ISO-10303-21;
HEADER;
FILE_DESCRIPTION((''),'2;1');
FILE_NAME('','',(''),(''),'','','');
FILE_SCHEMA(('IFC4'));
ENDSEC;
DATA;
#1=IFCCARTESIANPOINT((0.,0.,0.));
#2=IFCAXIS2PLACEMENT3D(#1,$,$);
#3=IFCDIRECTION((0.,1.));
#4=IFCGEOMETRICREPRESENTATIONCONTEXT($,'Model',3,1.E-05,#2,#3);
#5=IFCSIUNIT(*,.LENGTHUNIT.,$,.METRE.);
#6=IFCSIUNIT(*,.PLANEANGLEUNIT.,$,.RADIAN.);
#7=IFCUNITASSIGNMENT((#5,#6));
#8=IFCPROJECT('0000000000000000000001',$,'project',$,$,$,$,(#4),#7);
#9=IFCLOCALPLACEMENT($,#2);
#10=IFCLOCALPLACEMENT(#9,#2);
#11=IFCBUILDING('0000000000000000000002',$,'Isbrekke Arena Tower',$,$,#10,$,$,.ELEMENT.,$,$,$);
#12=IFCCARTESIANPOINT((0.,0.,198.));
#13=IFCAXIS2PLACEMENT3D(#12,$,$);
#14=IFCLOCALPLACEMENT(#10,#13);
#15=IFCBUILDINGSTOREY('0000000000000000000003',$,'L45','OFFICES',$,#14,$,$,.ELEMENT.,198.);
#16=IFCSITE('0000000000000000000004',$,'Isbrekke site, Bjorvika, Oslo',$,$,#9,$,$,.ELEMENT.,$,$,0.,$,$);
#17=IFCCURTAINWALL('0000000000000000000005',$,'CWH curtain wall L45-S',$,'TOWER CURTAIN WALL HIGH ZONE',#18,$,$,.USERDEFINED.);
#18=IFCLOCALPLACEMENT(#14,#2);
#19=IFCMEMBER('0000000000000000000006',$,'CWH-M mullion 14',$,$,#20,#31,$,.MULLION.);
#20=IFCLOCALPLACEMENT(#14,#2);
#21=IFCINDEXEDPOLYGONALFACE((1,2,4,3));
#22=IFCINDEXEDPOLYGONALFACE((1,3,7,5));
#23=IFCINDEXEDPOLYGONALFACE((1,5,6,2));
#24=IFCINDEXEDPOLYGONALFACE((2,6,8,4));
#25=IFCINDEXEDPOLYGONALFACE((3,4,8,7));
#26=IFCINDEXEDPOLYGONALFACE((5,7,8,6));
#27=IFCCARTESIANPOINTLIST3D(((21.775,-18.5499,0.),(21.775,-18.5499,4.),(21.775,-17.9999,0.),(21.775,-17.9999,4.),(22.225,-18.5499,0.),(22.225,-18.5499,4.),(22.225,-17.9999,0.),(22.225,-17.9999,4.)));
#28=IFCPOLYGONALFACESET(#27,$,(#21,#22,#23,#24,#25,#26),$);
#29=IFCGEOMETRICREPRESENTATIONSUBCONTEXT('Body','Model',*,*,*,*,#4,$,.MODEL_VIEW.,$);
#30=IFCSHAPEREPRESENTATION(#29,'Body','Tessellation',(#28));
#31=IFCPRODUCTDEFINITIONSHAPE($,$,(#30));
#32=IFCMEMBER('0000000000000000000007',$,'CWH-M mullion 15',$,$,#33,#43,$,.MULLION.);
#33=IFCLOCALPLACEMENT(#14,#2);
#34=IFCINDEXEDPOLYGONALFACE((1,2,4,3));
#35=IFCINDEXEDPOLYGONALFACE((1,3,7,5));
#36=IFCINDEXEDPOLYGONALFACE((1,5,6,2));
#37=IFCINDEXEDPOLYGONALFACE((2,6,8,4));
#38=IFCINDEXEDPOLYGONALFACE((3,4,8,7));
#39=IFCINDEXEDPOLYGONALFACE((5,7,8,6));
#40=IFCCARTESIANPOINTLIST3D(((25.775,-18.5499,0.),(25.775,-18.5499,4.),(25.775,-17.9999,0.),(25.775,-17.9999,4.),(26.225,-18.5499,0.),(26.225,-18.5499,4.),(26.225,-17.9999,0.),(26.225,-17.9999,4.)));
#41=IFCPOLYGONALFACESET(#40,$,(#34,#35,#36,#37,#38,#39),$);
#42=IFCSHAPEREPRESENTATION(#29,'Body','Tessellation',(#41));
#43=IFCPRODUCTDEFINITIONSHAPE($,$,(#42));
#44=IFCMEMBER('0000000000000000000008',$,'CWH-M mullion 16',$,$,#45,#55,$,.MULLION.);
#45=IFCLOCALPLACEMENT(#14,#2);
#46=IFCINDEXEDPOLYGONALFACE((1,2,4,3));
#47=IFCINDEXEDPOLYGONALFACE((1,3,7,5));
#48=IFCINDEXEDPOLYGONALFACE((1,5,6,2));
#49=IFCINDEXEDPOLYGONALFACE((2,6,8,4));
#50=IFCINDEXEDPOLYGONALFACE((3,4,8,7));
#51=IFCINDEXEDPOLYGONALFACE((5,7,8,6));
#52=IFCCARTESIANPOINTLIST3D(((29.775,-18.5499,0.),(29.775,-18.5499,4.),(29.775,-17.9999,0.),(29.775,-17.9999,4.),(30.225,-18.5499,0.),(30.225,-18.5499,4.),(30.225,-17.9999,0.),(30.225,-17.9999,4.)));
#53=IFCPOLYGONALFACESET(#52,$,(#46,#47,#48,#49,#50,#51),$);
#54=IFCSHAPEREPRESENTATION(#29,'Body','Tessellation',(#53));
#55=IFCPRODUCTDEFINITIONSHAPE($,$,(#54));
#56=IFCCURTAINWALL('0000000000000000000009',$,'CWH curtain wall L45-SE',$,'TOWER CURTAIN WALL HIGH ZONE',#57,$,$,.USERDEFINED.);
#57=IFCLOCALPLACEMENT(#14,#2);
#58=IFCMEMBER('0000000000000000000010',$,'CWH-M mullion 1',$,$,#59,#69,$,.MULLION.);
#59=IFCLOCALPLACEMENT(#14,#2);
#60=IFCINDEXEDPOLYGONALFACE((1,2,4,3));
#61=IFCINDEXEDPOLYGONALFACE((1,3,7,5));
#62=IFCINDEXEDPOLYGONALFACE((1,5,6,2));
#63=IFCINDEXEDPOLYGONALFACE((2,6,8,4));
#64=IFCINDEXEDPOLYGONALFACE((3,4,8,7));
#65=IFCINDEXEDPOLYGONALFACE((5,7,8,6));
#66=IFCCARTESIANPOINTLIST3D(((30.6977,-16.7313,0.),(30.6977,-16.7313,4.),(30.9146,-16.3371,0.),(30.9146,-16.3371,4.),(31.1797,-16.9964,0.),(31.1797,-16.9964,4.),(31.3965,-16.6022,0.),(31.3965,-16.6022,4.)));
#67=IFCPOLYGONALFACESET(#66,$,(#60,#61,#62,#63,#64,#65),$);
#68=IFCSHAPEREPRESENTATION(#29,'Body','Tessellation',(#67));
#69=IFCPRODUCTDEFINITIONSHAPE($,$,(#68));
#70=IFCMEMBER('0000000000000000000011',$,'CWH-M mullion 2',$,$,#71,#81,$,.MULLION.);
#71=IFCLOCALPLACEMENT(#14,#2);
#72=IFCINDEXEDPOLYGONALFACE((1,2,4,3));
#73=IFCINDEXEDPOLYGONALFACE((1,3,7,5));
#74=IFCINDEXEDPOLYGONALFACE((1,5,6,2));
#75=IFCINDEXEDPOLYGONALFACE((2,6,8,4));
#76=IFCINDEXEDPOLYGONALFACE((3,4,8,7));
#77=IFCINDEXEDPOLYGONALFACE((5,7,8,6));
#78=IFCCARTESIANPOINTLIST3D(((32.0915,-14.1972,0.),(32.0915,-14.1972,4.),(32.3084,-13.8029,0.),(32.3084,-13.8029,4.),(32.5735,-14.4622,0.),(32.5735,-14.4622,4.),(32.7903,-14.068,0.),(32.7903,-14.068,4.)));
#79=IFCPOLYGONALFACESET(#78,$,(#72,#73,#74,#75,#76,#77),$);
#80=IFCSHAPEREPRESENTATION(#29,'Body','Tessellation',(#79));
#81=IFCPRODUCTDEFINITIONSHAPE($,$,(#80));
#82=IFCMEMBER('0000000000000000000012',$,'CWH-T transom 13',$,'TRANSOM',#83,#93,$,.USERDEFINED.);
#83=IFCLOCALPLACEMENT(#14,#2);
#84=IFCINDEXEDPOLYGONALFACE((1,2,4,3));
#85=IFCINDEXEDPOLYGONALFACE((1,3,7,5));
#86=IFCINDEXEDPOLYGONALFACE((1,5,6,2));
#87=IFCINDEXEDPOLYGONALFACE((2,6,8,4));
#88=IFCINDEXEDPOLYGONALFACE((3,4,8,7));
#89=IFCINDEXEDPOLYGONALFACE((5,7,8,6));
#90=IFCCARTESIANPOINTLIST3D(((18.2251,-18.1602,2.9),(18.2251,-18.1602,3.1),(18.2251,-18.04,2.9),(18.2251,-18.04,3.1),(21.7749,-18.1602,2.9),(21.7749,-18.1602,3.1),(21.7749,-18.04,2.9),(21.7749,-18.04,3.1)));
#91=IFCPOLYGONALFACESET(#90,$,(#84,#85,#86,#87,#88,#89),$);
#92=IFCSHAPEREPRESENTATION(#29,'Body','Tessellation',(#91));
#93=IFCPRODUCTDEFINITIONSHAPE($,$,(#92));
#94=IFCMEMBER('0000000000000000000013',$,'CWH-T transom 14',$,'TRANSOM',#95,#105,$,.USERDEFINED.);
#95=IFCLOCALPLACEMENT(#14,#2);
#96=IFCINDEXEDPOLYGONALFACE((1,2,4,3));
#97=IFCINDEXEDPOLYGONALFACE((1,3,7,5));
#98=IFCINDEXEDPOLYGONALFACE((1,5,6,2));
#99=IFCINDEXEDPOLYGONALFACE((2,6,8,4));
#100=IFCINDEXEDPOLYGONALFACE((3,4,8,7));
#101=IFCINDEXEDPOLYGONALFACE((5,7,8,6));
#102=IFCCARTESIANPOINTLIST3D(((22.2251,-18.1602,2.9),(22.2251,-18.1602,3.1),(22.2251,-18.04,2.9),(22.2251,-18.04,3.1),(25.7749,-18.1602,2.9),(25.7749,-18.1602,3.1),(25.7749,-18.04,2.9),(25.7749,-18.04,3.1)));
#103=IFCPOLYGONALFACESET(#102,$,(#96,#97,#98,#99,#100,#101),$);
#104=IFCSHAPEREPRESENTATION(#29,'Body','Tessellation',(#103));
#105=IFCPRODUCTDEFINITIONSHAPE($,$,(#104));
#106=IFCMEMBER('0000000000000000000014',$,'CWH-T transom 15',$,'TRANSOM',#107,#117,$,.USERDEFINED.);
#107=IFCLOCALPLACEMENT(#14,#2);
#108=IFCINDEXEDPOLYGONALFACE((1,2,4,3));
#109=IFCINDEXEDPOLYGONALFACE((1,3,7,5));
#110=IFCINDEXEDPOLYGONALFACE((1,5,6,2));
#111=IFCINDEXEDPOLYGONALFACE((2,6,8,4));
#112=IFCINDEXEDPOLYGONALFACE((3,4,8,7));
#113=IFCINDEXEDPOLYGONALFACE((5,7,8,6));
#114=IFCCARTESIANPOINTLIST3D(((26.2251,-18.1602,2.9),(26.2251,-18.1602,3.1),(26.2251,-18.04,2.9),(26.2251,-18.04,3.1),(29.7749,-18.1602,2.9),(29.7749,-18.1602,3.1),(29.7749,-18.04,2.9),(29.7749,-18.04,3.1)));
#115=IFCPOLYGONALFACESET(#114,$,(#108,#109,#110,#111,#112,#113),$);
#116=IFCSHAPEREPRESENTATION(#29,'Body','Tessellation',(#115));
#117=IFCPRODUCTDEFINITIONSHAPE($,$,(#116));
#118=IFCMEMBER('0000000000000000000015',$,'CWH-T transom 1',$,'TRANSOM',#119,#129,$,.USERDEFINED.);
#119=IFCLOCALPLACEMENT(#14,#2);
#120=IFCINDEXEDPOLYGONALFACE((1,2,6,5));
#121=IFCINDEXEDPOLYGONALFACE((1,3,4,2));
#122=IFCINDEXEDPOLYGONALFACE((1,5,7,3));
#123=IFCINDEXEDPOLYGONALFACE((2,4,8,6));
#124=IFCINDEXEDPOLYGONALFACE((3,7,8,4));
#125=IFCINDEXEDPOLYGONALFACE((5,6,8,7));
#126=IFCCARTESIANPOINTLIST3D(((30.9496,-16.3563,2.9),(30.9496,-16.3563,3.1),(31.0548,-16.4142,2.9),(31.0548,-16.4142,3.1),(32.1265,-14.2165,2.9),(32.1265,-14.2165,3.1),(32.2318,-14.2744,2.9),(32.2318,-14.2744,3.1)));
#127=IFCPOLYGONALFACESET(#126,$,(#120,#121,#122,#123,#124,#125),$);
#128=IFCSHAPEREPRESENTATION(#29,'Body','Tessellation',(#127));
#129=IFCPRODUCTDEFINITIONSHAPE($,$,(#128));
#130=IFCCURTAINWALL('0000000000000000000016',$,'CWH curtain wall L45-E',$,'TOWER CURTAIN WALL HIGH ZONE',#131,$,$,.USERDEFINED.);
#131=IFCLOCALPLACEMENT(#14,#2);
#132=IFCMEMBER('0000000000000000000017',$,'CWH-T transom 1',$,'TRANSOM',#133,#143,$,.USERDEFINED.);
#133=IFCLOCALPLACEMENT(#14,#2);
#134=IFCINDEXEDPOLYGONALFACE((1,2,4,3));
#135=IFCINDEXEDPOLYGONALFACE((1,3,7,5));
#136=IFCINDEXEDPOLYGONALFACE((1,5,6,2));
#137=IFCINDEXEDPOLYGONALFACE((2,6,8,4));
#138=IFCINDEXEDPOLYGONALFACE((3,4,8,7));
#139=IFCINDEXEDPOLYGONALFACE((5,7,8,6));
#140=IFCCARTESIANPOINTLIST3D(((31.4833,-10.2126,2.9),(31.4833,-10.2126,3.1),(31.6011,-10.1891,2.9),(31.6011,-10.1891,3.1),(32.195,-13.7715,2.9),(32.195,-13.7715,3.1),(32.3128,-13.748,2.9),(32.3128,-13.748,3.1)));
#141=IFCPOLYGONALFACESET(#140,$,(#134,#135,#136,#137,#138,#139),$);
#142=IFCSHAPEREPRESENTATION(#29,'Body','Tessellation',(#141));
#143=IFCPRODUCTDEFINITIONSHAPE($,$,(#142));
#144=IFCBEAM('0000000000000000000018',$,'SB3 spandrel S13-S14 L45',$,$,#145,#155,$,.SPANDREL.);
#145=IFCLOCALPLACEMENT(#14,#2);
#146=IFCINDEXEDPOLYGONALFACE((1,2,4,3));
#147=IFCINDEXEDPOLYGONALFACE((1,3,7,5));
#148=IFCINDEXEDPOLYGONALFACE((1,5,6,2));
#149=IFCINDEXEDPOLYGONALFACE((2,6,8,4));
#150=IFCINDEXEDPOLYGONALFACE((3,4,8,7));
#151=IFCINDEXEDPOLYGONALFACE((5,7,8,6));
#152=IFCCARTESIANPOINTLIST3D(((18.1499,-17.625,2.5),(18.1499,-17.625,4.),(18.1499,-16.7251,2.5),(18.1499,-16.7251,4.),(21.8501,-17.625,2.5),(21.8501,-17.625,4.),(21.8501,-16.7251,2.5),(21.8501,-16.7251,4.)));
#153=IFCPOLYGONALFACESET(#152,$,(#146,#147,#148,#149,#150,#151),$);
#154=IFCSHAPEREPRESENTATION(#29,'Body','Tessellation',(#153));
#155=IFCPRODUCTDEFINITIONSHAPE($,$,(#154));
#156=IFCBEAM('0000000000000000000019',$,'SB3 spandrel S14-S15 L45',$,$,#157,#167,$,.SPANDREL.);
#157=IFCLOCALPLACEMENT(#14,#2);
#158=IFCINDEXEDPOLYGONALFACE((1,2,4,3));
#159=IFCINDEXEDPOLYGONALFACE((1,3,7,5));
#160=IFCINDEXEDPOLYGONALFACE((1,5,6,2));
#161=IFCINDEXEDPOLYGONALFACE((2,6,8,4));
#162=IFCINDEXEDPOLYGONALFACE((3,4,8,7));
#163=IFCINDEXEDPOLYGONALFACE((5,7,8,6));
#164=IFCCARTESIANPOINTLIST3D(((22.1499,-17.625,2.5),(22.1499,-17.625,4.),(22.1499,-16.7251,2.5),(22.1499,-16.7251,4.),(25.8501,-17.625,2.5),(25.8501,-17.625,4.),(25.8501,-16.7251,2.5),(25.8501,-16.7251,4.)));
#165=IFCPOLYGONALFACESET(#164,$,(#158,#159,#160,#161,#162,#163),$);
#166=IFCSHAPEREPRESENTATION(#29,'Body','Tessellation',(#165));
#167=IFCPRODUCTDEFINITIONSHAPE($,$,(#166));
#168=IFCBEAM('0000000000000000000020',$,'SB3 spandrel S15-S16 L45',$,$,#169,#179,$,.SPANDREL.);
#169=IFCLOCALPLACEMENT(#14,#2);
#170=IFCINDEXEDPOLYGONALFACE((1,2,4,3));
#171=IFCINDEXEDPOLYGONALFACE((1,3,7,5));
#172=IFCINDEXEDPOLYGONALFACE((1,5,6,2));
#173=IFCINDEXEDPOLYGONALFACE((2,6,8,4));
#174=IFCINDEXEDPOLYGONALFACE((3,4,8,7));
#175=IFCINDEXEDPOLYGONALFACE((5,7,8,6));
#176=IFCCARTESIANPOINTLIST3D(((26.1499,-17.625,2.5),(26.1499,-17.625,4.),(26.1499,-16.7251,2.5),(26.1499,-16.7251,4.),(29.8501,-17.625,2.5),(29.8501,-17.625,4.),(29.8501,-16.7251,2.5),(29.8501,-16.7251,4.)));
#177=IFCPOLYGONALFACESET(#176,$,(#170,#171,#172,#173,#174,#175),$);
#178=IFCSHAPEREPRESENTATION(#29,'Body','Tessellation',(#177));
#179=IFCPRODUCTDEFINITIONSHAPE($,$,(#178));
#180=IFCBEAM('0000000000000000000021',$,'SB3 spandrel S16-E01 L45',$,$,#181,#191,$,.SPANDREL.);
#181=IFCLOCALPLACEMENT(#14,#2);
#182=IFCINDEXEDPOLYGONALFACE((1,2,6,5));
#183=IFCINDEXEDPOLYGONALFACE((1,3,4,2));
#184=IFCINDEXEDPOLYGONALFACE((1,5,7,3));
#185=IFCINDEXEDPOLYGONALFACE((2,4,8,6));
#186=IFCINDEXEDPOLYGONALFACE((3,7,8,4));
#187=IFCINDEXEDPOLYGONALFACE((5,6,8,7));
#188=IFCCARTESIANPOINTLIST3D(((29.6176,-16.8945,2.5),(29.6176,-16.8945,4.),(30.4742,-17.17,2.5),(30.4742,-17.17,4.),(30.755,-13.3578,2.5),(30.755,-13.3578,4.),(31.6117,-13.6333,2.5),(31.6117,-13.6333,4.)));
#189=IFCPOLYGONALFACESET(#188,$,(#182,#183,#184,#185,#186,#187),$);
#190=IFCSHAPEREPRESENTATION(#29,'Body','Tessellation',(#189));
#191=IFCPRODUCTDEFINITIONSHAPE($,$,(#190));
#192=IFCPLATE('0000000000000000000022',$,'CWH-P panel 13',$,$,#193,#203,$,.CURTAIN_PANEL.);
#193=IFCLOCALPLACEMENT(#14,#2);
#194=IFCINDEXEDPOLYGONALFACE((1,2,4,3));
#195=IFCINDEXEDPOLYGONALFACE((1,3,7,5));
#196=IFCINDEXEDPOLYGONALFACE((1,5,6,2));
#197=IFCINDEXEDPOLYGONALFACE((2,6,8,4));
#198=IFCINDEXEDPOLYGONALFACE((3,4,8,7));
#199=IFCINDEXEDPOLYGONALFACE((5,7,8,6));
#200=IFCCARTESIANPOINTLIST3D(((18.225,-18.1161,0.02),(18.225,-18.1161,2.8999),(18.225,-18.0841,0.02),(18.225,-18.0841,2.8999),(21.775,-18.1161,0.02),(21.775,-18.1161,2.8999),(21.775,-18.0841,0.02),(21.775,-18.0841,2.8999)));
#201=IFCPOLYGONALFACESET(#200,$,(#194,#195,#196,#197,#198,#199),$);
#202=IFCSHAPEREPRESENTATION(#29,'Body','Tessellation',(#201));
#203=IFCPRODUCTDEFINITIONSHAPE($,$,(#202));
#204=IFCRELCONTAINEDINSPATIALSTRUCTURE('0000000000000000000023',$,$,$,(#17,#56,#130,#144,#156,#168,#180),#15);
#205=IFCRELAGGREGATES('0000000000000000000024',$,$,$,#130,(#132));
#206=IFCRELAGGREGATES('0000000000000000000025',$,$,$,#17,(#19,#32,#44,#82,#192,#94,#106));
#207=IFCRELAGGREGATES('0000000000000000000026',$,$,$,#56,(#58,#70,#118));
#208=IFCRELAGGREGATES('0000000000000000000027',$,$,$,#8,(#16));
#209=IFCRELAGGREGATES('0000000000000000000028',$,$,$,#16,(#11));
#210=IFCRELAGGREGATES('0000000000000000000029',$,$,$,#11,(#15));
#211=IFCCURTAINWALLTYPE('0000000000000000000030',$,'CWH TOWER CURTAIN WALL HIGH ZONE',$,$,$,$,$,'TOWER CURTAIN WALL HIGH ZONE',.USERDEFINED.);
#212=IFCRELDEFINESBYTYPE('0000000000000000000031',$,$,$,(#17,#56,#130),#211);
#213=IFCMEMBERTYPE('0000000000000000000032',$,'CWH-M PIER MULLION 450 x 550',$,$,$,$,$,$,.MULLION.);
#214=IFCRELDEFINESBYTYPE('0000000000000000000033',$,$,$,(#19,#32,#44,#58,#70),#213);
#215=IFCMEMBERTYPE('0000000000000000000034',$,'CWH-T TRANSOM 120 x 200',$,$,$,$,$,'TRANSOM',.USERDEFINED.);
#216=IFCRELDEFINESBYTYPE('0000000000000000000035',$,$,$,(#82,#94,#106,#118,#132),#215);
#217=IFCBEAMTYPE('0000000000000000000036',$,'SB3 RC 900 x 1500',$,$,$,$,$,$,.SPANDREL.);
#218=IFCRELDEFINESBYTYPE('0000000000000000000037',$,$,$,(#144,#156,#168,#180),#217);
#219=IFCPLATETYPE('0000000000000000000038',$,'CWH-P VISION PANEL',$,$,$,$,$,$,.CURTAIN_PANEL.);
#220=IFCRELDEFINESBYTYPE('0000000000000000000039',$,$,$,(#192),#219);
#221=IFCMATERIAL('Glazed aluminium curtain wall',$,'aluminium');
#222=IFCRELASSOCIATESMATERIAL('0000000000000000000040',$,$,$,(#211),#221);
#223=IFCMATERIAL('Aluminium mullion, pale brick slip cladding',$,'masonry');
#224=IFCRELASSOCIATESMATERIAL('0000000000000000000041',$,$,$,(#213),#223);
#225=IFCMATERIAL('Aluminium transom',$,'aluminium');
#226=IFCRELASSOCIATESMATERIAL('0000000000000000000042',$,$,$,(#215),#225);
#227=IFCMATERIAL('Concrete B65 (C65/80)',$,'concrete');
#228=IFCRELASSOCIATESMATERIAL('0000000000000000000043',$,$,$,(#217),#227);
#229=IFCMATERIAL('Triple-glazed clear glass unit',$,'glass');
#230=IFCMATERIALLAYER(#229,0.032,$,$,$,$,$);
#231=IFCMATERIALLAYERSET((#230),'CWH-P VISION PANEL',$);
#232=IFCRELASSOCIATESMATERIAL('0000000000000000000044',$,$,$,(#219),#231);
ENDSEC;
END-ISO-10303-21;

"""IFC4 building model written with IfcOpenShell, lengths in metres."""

from ifc_helpers import new_model, si_unit, direction, frame, origin, origin_2d, place, context, subcontext, project, spatial, rectangle, extrude, material, layer, layer_set, material_profile, profile_set, type_object, element, aggregate, save


model = new_model("IFC4")

# Units and contexts
model_context = context("Model", 3, precision=1e-05, world=origin(), true_north=direction((0.0, 1.0)))
body_context = subcontext(model_context, "Body", "Model", "MODEL_VIEW")
ifc_project = project(units=[si_unit("LENGTHUNIT", "METRE"), si_unit("PLANEANGLEUNIT", "RADIAN")], contexts=[model_context])

# Site, building, storey
site_placement = place(None, origin())
site = spatial("IfcSite", under=ifc_project, at=site_placement, Name="Isbrekke site, Bjorvika, Oslo", CompositionType="ELEMENT", RefElevation=0.0)
building_placement = place(site_placement, origin())
building = spatial("IfcBuilding", under=site, at=building_placement, Name="Isbrekke Arena Tower", CompositionType="ELEMENT")
storey_placement = place(building_placement, frame((0.0, 0.0, 198.0)))
storey = spatial("IfcBuildingStorey", under=building, at=storey_placement, Name="L45", Description="OFFICES", CompositionType="ELEMENT", Elevation=198.0)

# Curtain walls, members
ifc_material_1 = material(Name="Glazed aluminium curtain wall", Category="aluminium")
curtain_wall_type = type_object("IfcCurtainWallType", Name="CWH TOWER CURTAIN WALL HIGH ZONE", ElementType="TOWER CURTAIN WALL HIGH ZONE", PredefinedType="USERDEFINED", material=ifc_material_1)
curtain_wall_1_placement = place(storey_placement, origin())
curtain_wall_1 = element("IfcCurtainWall", 1, at=curtain_wall_1_placement, inside=storey, type_object=curtain_wall_type, Name="CWH curtain wall L45-S", ObjectType="TOWER CURTAIN WALL HIGH ZONE", PredefinedType="USERDEFINED")
ifc_material_2 = material(Name="Aluminium mullion, pale brick slip cladding", Category="masonry")
ifc_material_profile_1 = material_profile(ifc_material_2, rectangle(XDim=0.45, YDim=0.55, at=origin_2d()), Name="PIER 450X550")
ifc_profile_set_1 = profile_set([ifc_material_profile_1], Name="Aluminium mullion, pale brick slip cladding")
member_type_1 = type_object("IfcMemberType", Name="CWH-M PIER MULLION 450 x 550", PredefinedType="MULLION", material=ifc_profile_set_1)
member_1_placement = place(storey_placement, frame((22.0, -18.2749, 0.0), z_axis=(0.0, 0.0, 1.0), x_axis=(1.0, 0.0, 0.0)))
member_1 = element("IfcMember", 2, at=member_1_placement, type_object=member_type_1, Name="CWH-M mullion 14", PredefinedType="MULLION", context=body_context, shape_type="SweptSolid", body=[
    extrude(rectangle(XDim=0.45, YDim=0.55, at=origin_2d()), origin(), (0.0, 0.0, 1.0), 4.0),
])
member_2_placement = place(storey_placement, frame((26.0, -18.2749, 0.0), z_axis=(0.0, 0.0, 1.0), x_axis=(1.0, 0.0, 0.0)))
member_2 = element("IfcMember", 3, at=member_2_placement, type_object=member_type_1, Name="CWH-M mullion 15", PredefinedType="MULLION", context=body_context, shape_type="SweptSolid", body=[
    extrude(rectangle(XDim=0.45, YDim=0.55, at=origin_2d()), origin(), (0.0, 0.0, 1.0), 4.0),
])
member_3_placement = place(storey_placement, frame((30.0, -18.2749, 0.0), z_axis=(0.0, 0.0, 1.0), x_axis=(1.0, 0.0, 0.0)))
member_3 = element("IfcMember", 4, at=member_3_placement, type_object=member_type_1, Name="CWH-M mullion 16", PredefinedType="MULLION", context=body_context, shape_type="SweptSolid", body=[
    extrude(rectangle(XDim=0.45, YDim=0.55, at=origin_2d()), origin(), (0.0, 0.0, 1.0), 4.0),
])
curtain_wall_2_placement = place(storey_placement, origin())
curtain_wall_2 = element("IfcCurtainWall", 5, at=curtain_wall_2_placement, inside=storey, type_object=curtain_wall_type, Name="CWH curtain wall L45-SE", ObjectType="TOWER CURTAIN WALL HIGH ZONE", PredefinedType="USERDEFINED")
member_4_placement = place(storey_placement, frame((31.0471, -16.6667, 0.0), z_axis=(0.0, 0.0, 1.0), x_axis=(0.481919, 0.876216, 0.0)))
member_4 = element("IfcMember", 6, at=member_4_placement, type_object=member_type_1, Name="CWH-M mullion 1", PredefinedType="MULLION", context=body_context, shape_type="SweptSolid", body=[
    extrude(rectangle(XDim=0.45, YDim=0.55, at=origin_2d()), origin(), (0.0, 0.0, 1.0), 4.0),
])
member_5_placement = place(storey_placement, frame((32.4409, -14.1326, 0.0), z_axis=(0.0, 0.0, 1.0), x_axis=(0.481919, 0.876216, 0.0)))
member_5 = element("IfcMember", 7, at=member_5_placement, type_object=member_type_1, Name="CWH-M mullion 2", PredefinedType="MULLION", context=body_context, shape_type="SweptSolid", body=[
    extrude(rectangle(XDim=0.45, YDim=0.55, at=origin_2d()), origin(), (0.0, 0.0, 1.0), 4.0),
])

# Members
ifc_material_3 = material(Name="Aluminium transom", Category="aluminium")
ifc_material_profile_2 = material_profile(ifc_material_3, rectangle(XDim=0.1201, YDim=0.2, at=origin_2d()), Name="TRANSOM 120X200")
ifc_profile_set_2 = profile_set([ifc_material_profile_2], Name="Aluminium transom")
member_type_2 = type_object("IfcMemberType", Name="CWH-T TRANSOM 120 x 200", ElementType="TRANSOM", PredefinedType="USERDEFINED", material=ifc_profile_set_2)
member_6_placement = place(storey_placement, frame((18.2251, -18.1001, 3.0), z_axis=(1.0, 0.0, 0.0), x_axis=(0.0, 1.0, 0.0)))
member_6 = element("IfcMember", 8, at=member_6_placement, type_object=member_type_2, Name="CWH-T transom 13", ObjectType="TRANSOM", PredefinedType="USERDEFINED", context=body_context, shape_type="SweptSolid", body=[
    extrude(rectangle(XDim=0.1201, YDim=0.2, at=origin_2d()), origin(), (0.0, 0.0, 1.0), 3.5498),
])
member_7_placement = place(storey_placement, frame((22.2251, -18.1001, 3.0), z_axis=(1.0, 0.0, 0.0), x_axis=(0.0, 1.0, 0.0)))
member_7 = element("IfcMember", 9, at=member_7_placement, type_object=member_type_2, Name="CWH-T transom 14", ObjectType="TRANSOM", PredefinedType="USERDEFINED", context=body_context, shape_type="SweptSolid", body=[
    extrude(rectangle(XDim=0.1201, YDim=0.2, at=origin_2d()), origin(), (0.0, 0.0, 1.0), 3.5498),
])
member_8_placement = place(storey_placement, frame((26.2251, -18.1001, 3.0), z_axis=(1.0, 0.0, 0.0), x_axis=(0.0, 1.0, 0.0)))
member_8 = element("IfcMember", 10, at=member_8_placement, type_object=member_type_2, Name="CWH-T transom 15", ObjectType="TRANSOM", PredefinedType="USERDEFINED", context=body_context, shape_type="SweptSolid", body=[
    extrude(rectangle(XDim=0.1201, YDim=0.2, at=origin_2d()), origin(), (0.0, 0.0, 1.0), 3.5498),
])
member_9_placement = place(storey_placement, frame((31.0022, -16.3853, 3.0), z_axis=(0.481938, 0.876205, 0.0), x_axis=(-0.876205, 0.481938, 0.0)))
member_9 = element("IfcMember", 11, at=member_9_placement, type_object=member_type_2, Name="CWH-T transom 1", ObjectType="TRANSOM", PredefinedType="USERDEFINED", context=body_context, shape_type="SweptSolid", body=[
    extrude(rectangle(XDim=0.1201, YDim=0.2, at=origin_2d()), origin(), (0.0, 0.0, 1.0), 2.4421),
])

# Curtain wall, member
curtain_wall_3_placement = place(storey_placement, origin())
curtain_wall_3 = element("IfcCurtainWall", 12, at=curtain_wall_3_placement, inside=storey, type_object=curtain_wall_type, Name="CWH curtain wall L45-E", ObjectType="TOWER CURTAIN WALL HIGH ZONE", PredefinedType="USERDEFINED")
member_10_placement = place(storey_placement, frame((32.2539, -13.7598, 3.0), z_axis=(-0.19609, 0.980586, 0.0), x_axis=(-0.980586, -0.19609, 0.0)))
member_10 = element("IfcMember", 13, at=member_10_placement, type_object=member_type_2, Name="CWH-T transom 1", ObjectType="TRANSOM", PredefinedType="USERDEFINED", context=body_context, shape_type="SweptSolid", body=[
    extrude(rectangle(XDim=0.1201, YDim=0.2, at=origin_2d()), origin(), (0.0, 0.0, 1.0), 3.6294),
])
aggregate(curtain_wall_3, [member_10])

# Beams
ifc_material_4 = material(Name="Concrete B65 (C65/80)", Category="concrete")
ifc_material_profile_3 = material_profile(ifc_material_4, rectangle(XDim=0.8999, YDim=1.5, at=origin_2d()), Name="RC 900x1500")
ifc_profile_set_3 = profile_set([ifc_material_profile_3], Name="Concrete B65 (C65/80)")
beam_type_1 = type_object("IfcBeamType", Name="SB3 RC 900 x 1500", PredefinedType="SPANDREL", material=ifc_profile_set_3)
for number, where, z_axis, x_axis, name in (
    (14, (18.1499, -17.175, 3.25), (1.0, 0.0, 0.0), (0.0, 1.0, 0.0), "SB3 spandrel S13-S14 L45"),
    (15, (22.1499, -17.175, 3.25), (1.0, 0.0, 0.0), (0.0, 1.0, 0.0), "SB3 spandrel S14-S15 L45"),
    (16, (26.1499, -17.175, 3.25), (1.0, 0.0, 0.0), (0.0, 1.0, 0.0), "SB3 spandrel S15-S16 L45"),
):
    element("IfcBeam", number, at=place(storey_placement, frame(where, z_axis=z_axis, x_axis=x_axis)), inside=storey, type_object=beam_type_1, Name=name, PredefinedType="SPANDREL", context=body_context, shape_type="SweptSolid", body=[
        extrude(rectangle(XDim=0.8999, YDim=1.5, at=origin_2d()), origin(), (0.0, 0.0, 1.0), 3.7002),
    ])
beam_1_placement = place(storey_placement, frame((30.0459, -17.0322, 3.25), z_axis=(0.306175, 0.951975, 0.0), x_axis=(-0.951975, 0.306175, 0.0)))
element("IfcBeam", 17, at=beam_1_placement, inside=storey, type_object=beam_type_1, Name="SB3 spandrel S16-E01 L45", PredefinedType="SPANDREL", context=body_context, shape_type="SweptSolid", body=[
    extrude(rectangle(XDim=0.8999, YDim=1.5, at=origin_2d()), origin(), (0.0, 0.0, 1.0), 3.7151),
])

# Plate
ifc_material_5 = material(Name="Triple-glazed clear glass unit", Category="glass")
ifc_layer = layer(ifc_material_5, 0.032)
ifc_layer_set = layer_set([ifc_layer], Name="CWH-P VISION PANEL")
plate_type = type_object("IfcPlateType", Name="CWH-P VISION PANEL", PredefinedType="CURTAIN_PANEL", material=ifc_layer_set)
plate_1_placement = place(storey_placement, frame((20.0, -18.1001, 0.02), z_axis=(0.0, 0.0, 1.0), x_axis=(1.0, 0.0, 0.0)))
plate_1 = element("IfcPlate", 18, at=plate_1_placement, type_object=plate_type, Name="CWH-P panel 13", PredefinedType="CURTAIN_PANEL", context=body_context, shape_type="SweptSolid", body=[
    extrude(rectangle(XDim=3.55, YDim=0.032, at=origin_2d()), origin(), (0.0, 0.0, 1.0), 2.8799),
])
aggregate(curtain_wall_1, [member_1, member_2, member_3, member_6, plate_1, member_7, member_8])
aggregate(curtain_wall_2, [member_4, member_5, member_9])

save(model, "model.ifc")
